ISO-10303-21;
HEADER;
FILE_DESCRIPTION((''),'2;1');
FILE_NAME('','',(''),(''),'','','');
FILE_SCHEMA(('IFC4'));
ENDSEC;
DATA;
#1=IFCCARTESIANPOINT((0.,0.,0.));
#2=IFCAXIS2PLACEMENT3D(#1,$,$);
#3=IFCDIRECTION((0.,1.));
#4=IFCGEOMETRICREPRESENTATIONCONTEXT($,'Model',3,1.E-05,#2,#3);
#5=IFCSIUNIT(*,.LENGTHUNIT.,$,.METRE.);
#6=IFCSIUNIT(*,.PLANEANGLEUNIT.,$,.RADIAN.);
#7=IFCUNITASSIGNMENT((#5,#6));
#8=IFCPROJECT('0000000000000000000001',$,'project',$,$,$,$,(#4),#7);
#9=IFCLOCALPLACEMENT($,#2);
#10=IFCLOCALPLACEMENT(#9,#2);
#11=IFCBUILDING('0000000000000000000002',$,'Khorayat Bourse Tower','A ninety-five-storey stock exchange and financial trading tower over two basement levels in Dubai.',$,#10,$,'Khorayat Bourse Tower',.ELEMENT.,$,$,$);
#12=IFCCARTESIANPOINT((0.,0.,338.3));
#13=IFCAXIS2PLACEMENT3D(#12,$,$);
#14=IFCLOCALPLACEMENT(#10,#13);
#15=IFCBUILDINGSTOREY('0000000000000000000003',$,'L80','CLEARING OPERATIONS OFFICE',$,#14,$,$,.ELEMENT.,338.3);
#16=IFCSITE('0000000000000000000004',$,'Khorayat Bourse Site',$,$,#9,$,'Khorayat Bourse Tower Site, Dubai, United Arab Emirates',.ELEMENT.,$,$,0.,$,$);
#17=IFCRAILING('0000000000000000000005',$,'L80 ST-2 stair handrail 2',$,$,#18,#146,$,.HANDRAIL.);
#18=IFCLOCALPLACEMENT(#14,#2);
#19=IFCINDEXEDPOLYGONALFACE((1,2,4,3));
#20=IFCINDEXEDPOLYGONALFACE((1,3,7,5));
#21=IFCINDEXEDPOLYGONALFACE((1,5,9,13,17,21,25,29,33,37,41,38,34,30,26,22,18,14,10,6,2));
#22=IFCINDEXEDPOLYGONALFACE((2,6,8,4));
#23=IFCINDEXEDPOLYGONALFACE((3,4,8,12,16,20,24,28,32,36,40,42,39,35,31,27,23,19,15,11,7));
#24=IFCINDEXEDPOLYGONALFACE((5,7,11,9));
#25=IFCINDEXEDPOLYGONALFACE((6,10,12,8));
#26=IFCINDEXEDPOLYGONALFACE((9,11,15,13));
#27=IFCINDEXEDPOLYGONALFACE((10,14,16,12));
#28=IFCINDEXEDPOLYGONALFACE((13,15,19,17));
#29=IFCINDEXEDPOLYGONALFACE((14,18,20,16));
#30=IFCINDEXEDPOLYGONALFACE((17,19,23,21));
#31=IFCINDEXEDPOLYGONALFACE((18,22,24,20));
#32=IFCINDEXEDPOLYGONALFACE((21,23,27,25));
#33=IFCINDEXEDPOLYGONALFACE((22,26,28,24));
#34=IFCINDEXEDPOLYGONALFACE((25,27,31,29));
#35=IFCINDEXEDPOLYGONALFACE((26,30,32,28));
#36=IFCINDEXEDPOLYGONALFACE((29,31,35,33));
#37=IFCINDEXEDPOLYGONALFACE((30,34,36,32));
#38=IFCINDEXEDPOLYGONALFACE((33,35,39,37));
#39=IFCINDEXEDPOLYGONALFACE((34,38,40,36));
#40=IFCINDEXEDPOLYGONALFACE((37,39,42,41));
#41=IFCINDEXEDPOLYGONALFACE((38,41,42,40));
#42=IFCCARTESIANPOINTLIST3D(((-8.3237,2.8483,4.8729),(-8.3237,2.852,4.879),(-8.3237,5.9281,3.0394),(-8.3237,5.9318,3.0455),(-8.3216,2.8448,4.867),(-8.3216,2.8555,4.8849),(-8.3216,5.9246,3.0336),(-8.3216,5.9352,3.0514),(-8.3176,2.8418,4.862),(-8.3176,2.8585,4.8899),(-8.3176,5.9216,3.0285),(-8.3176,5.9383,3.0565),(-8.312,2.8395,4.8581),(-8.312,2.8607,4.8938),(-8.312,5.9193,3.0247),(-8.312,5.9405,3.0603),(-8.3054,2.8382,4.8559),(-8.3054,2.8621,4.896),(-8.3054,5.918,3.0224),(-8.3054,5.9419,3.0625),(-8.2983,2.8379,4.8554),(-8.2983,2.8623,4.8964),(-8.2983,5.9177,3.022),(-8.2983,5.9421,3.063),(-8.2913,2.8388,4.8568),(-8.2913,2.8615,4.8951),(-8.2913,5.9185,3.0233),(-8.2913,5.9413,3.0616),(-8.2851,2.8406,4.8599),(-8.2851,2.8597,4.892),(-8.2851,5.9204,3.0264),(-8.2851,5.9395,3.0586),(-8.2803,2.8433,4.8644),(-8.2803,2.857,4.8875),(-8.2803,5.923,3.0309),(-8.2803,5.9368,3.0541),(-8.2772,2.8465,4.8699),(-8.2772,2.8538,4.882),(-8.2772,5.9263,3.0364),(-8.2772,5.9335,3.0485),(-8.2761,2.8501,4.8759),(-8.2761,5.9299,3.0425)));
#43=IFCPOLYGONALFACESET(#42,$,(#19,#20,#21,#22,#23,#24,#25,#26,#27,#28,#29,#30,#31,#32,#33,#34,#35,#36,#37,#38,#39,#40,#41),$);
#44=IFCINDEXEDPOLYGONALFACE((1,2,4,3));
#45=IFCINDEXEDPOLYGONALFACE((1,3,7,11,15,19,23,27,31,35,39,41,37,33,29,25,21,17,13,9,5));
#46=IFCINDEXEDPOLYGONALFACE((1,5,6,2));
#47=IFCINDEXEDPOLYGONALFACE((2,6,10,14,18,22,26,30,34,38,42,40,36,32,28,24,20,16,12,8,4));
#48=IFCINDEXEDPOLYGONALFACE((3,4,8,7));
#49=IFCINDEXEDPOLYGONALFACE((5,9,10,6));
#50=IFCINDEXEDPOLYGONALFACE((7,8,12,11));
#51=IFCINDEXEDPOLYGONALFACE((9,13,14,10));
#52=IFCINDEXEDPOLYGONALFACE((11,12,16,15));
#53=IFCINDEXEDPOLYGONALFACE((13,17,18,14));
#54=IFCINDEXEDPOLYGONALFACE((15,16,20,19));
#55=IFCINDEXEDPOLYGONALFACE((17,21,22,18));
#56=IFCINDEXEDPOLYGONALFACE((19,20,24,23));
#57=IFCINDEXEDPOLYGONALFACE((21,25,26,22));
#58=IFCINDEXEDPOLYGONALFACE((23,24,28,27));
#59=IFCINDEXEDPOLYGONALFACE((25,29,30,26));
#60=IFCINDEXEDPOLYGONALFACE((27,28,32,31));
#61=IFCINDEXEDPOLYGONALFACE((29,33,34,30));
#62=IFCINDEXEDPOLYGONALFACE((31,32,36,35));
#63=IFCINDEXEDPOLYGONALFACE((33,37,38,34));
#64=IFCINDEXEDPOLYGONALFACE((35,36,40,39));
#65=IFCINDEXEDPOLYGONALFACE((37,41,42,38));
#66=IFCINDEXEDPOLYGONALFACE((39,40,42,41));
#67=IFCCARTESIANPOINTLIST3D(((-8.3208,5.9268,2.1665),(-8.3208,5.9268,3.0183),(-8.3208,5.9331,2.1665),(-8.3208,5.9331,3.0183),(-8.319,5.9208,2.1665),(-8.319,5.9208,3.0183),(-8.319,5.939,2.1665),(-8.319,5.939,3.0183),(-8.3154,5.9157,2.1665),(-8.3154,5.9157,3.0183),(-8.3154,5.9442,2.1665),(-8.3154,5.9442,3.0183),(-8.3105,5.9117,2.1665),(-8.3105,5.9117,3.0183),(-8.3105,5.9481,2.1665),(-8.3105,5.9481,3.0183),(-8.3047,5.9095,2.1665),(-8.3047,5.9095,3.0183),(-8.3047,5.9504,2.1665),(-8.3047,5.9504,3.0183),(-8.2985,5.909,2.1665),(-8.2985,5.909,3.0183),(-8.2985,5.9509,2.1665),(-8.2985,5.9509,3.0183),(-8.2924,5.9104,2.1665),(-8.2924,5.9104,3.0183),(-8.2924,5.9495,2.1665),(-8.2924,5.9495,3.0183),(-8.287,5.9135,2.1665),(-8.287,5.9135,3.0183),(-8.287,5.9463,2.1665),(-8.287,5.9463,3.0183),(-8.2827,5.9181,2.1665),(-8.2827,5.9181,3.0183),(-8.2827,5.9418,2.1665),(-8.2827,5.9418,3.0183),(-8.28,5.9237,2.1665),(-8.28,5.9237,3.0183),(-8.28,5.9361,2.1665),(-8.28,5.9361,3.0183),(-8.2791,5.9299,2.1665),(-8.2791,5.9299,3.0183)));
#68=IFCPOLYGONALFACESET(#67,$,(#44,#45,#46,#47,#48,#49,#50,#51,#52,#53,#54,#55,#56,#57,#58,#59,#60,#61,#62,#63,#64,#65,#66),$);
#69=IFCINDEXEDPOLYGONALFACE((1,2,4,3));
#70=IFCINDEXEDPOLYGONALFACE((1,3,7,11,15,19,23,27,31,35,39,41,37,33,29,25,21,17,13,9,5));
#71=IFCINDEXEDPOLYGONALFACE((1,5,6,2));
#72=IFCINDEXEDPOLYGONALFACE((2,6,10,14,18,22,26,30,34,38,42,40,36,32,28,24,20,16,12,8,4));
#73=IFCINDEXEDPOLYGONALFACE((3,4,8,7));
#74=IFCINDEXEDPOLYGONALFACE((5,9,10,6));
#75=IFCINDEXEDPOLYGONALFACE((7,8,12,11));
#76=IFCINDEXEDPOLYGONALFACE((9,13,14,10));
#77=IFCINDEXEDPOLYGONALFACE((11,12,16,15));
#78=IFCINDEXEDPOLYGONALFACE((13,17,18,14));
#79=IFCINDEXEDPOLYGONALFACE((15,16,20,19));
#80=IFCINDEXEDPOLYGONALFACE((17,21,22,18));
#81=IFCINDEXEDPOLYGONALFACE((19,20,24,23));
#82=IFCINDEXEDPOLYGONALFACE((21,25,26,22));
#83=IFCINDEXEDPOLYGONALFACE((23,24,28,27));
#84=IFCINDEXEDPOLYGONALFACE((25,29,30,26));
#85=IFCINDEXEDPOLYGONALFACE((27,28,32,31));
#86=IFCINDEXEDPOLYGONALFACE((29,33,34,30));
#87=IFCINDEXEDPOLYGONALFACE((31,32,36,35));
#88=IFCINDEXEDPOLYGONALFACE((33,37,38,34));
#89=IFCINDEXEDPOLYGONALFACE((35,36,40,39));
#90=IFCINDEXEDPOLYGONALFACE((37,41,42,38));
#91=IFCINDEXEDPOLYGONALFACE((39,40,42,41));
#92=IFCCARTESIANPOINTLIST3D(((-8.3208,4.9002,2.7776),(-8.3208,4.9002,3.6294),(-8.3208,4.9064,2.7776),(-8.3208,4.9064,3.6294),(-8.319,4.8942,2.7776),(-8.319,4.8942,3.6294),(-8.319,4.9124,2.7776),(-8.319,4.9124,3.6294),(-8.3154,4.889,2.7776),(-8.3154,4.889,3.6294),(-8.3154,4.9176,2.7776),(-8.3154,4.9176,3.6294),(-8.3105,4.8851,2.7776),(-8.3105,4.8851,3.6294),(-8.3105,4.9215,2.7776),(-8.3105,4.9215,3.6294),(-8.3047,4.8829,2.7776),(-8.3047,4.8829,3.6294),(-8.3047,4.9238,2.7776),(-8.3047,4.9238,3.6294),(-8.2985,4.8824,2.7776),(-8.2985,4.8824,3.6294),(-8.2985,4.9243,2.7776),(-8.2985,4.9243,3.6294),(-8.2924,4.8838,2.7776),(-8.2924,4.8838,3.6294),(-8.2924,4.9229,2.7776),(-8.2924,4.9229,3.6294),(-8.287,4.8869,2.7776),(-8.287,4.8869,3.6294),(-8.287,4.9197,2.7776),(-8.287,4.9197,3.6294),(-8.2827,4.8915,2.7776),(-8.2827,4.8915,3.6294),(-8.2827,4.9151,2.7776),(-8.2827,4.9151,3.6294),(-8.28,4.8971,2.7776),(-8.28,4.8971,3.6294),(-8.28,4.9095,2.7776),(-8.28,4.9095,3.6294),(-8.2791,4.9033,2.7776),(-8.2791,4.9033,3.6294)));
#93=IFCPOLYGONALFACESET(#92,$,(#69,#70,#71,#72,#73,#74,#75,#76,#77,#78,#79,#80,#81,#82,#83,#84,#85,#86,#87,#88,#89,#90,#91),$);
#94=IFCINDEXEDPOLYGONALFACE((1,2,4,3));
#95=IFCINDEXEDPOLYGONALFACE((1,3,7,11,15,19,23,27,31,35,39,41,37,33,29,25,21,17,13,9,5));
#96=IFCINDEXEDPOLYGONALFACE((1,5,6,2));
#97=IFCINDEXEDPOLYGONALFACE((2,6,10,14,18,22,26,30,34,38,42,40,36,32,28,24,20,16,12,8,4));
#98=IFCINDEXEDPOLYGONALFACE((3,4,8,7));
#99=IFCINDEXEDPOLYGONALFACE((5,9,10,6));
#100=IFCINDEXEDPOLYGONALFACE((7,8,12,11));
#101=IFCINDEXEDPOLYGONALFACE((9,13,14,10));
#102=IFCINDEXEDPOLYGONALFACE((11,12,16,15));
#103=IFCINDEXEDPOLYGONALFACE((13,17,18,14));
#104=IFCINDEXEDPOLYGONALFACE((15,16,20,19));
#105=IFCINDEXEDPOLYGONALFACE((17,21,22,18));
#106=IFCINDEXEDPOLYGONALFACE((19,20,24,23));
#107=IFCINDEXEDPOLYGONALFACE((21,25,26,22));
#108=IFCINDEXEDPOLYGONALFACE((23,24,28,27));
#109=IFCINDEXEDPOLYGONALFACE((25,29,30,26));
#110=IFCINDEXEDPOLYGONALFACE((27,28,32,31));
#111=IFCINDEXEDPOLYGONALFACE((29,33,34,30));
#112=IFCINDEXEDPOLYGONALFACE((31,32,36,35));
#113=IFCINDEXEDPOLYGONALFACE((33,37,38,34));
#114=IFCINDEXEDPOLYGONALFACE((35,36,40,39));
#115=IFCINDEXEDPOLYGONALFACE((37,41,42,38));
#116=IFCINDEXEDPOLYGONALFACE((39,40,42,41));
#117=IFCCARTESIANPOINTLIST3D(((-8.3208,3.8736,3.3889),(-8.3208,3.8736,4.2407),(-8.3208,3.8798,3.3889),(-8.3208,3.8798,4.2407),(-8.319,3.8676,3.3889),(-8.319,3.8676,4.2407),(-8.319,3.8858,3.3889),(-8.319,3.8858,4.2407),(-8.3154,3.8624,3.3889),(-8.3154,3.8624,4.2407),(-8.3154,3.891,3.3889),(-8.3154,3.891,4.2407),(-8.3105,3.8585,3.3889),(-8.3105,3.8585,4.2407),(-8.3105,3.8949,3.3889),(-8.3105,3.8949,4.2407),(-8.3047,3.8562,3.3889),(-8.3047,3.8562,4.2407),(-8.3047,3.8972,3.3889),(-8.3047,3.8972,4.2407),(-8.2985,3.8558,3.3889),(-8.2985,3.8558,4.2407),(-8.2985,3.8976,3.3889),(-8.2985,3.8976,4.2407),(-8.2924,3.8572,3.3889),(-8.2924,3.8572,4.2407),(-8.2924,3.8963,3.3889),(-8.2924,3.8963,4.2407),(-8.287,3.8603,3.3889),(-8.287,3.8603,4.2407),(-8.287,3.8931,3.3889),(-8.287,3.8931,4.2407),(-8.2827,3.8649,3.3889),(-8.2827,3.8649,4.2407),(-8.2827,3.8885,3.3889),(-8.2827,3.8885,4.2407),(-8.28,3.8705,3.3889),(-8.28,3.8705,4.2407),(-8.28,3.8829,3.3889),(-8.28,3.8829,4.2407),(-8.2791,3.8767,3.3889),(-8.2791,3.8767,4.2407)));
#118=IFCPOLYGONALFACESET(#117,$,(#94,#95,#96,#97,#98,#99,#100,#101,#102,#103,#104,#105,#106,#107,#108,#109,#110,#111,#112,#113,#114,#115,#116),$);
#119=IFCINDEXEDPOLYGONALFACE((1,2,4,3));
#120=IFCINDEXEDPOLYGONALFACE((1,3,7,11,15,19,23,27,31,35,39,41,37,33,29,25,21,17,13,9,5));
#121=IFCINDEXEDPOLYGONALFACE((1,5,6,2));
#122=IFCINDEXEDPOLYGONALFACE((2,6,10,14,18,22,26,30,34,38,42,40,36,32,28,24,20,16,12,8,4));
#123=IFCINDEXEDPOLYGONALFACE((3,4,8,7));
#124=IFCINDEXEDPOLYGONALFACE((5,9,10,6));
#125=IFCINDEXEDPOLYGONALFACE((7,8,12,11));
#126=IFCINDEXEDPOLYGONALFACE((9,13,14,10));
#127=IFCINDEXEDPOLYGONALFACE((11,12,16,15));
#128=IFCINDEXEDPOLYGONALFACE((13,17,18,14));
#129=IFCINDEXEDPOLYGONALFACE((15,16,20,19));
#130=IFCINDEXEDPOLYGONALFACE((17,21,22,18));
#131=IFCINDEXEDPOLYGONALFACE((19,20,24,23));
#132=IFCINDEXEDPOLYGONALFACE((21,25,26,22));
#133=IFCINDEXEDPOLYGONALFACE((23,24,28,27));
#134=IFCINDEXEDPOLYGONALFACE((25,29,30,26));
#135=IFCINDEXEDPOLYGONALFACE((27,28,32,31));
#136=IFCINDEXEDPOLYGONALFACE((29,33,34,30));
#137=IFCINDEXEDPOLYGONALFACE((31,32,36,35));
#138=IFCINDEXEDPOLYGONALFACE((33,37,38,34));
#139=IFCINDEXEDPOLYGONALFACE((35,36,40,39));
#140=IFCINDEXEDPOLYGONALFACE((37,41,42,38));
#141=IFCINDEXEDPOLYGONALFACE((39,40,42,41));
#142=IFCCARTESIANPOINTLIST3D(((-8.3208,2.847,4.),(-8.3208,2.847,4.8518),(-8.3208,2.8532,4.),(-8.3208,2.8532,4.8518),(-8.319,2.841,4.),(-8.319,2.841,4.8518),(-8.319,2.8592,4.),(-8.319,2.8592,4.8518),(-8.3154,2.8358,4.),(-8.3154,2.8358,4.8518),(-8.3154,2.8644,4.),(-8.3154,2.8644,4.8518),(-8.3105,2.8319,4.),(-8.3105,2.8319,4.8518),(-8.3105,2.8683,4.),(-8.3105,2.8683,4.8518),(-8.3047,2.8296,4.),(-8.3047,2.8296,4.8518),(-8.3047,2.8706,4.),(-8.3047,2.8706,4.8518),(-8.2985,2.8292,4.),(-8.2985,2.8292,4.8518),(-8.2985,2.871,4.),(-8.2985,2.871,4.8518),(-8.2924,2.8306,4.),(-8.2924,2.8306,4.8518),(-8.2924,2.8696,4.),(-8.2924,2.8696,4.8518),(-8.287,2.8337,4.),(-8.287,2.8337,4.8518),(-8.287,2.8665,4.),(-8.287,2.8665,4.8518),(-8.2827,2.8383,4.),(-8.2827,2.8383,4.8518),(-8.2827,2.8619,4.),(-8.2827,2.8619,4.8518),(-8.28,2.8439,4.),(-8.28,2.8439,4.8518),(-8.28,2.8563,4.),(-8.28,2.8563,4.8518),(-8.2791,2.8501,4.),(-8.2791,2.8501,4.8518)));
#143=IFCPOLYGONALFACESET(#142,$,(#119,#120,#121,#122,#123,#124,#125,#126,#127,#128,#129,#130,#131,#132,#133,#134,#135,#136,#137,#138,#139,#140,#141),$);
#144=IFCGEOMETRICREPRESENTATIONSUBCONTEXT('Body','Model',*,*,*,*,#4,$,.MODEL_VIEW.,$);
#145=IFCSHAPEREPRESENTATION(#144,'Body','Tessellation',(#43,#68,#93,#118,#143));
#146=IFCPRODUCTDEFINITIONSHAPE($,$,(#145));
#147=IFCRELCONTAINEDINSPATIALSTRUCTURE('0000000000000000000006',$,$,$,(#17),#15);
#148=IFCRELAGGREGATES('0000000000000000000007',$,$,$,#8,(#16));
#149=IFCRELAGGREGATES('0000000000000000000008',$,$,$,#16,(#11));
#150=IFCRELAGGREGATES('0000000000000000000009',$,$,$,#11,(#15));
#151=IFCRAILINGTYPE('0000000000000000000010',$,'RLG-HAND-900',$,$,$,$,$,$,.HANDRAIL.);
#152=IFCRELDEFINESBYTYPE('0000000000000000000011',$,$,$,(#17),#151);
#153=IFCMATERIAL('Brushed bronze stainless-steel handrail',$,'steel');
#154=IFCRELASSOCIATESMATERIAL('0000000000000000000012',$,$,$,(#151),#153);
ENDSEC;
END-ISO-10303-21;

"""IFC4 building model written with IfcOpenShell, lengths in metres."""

from ifc_helpers import new_model, si_unit, direction, frame, origin, origin_2d, place, context, subcontext, project, spatial, circle, extrude, source, transform, mapped, material, type_object, element, save


model = new_model("IFC4")

# Units and contexts
model_context = context("Model", 3, precision=1e-05, world=origin(), true_north=direction((0.0, 1.0)))
body_context = subcontext(model_context, "Body", "Model", "MODEL_VIEW")
ifc_project = project(units=[si_unit("LENGTHUNIT", "METRE"), si_unit("PLANEANGLEUNIT", "RADIAN")], contexts=[model_context])

# Site, building, storey
site_placement = place(None, origin())
site = spatial("IfcSite", under=ifc_project, at=site_placement, Name="Khorayat Bourse Site", LongName="Khorayat Bourse Tower Site, Dubai, United Arab Emirates", CompositionType="ELEMENT", RefElevation=0.0)
building_placement = place(site_placement, origin())
building = spatial("IfcBuilding", under=site, at=building_placement, Name="Khorayat Bourse Tower", Description="A ninety-five-storey stock exchange and financial trading tower over two basement levels in Dubai.", LongName="Khorayat Bourse Tower", CompositionType="ELEMENT")
storey_placement = place(building_placement, frame((0.0, 0.0, 338.3)))
storey = spatial("IfcBuildingStorey", under=building, at=storey_placement, Name="L80", Description="CLEARING OPERATIONS OFFICE", CompositionType="ELEMENT", Elevation=338.3)

# Railing
ifc_material_1 = material(Name="Brushed bronze stainless-steel handrail", Category="steel")
railing_type_1 = type_object("IfcRailingType", Name="RLG-HAND-900", PredefinedType="HANDRAIL", material=ifc_material_1)
shared_shape_1 = source(origin(), body_context, "Body", "SweptSolid", [
    extrude(circle(Radius=0.0239, at=origin_2d()), frame((0.0, 0.0, 0.876), z_axis=(0.0, -0.859261, 0.511538), x_axis=(1.0, 0.0, 0.0)), (0.0, 0.0, 1.0), 3.5842),
    extrude(circle(Radius=0.021, at=origin_2d()), origin(), (0.0, 0.0, 1.0), 0.8518),
    extrude(circle(Radius=0.021, at=origin_2d()), frame((0.0, -1.0266, 0.6111)), (0.0, 0.0, 1.0), 0.8518),
    extrude(circle(Radius=0.021, at=origin_2d()), frame((0.0, -2.0532, 1.2224)), (0.0, 0.0, 1.0), 0.8518),
    extrude(circle(Radius=0.021, at=origin_2d()), frame((0.0, -3.0798, 1.8335)), (0.0, 0.0, 1.0), 0.8518),
])
railing_1_placement = place(storey_placement, frame((-8.3, 5.9299, 2.1665)))
element("IfcRailing", 1, at=railing_1_placement, inside=storey, type_object=railing_type_1, Name="L80 ST-2 stair handrail 2", PredefinedType="HANDRAIL", context=body_context, shape_type="MappedRepresentation", body=[
    mapped(shared_shape_1, transform((0.0, 0.0, 0.0), scale=1.0)),
])

save(model, "model.ifc")
